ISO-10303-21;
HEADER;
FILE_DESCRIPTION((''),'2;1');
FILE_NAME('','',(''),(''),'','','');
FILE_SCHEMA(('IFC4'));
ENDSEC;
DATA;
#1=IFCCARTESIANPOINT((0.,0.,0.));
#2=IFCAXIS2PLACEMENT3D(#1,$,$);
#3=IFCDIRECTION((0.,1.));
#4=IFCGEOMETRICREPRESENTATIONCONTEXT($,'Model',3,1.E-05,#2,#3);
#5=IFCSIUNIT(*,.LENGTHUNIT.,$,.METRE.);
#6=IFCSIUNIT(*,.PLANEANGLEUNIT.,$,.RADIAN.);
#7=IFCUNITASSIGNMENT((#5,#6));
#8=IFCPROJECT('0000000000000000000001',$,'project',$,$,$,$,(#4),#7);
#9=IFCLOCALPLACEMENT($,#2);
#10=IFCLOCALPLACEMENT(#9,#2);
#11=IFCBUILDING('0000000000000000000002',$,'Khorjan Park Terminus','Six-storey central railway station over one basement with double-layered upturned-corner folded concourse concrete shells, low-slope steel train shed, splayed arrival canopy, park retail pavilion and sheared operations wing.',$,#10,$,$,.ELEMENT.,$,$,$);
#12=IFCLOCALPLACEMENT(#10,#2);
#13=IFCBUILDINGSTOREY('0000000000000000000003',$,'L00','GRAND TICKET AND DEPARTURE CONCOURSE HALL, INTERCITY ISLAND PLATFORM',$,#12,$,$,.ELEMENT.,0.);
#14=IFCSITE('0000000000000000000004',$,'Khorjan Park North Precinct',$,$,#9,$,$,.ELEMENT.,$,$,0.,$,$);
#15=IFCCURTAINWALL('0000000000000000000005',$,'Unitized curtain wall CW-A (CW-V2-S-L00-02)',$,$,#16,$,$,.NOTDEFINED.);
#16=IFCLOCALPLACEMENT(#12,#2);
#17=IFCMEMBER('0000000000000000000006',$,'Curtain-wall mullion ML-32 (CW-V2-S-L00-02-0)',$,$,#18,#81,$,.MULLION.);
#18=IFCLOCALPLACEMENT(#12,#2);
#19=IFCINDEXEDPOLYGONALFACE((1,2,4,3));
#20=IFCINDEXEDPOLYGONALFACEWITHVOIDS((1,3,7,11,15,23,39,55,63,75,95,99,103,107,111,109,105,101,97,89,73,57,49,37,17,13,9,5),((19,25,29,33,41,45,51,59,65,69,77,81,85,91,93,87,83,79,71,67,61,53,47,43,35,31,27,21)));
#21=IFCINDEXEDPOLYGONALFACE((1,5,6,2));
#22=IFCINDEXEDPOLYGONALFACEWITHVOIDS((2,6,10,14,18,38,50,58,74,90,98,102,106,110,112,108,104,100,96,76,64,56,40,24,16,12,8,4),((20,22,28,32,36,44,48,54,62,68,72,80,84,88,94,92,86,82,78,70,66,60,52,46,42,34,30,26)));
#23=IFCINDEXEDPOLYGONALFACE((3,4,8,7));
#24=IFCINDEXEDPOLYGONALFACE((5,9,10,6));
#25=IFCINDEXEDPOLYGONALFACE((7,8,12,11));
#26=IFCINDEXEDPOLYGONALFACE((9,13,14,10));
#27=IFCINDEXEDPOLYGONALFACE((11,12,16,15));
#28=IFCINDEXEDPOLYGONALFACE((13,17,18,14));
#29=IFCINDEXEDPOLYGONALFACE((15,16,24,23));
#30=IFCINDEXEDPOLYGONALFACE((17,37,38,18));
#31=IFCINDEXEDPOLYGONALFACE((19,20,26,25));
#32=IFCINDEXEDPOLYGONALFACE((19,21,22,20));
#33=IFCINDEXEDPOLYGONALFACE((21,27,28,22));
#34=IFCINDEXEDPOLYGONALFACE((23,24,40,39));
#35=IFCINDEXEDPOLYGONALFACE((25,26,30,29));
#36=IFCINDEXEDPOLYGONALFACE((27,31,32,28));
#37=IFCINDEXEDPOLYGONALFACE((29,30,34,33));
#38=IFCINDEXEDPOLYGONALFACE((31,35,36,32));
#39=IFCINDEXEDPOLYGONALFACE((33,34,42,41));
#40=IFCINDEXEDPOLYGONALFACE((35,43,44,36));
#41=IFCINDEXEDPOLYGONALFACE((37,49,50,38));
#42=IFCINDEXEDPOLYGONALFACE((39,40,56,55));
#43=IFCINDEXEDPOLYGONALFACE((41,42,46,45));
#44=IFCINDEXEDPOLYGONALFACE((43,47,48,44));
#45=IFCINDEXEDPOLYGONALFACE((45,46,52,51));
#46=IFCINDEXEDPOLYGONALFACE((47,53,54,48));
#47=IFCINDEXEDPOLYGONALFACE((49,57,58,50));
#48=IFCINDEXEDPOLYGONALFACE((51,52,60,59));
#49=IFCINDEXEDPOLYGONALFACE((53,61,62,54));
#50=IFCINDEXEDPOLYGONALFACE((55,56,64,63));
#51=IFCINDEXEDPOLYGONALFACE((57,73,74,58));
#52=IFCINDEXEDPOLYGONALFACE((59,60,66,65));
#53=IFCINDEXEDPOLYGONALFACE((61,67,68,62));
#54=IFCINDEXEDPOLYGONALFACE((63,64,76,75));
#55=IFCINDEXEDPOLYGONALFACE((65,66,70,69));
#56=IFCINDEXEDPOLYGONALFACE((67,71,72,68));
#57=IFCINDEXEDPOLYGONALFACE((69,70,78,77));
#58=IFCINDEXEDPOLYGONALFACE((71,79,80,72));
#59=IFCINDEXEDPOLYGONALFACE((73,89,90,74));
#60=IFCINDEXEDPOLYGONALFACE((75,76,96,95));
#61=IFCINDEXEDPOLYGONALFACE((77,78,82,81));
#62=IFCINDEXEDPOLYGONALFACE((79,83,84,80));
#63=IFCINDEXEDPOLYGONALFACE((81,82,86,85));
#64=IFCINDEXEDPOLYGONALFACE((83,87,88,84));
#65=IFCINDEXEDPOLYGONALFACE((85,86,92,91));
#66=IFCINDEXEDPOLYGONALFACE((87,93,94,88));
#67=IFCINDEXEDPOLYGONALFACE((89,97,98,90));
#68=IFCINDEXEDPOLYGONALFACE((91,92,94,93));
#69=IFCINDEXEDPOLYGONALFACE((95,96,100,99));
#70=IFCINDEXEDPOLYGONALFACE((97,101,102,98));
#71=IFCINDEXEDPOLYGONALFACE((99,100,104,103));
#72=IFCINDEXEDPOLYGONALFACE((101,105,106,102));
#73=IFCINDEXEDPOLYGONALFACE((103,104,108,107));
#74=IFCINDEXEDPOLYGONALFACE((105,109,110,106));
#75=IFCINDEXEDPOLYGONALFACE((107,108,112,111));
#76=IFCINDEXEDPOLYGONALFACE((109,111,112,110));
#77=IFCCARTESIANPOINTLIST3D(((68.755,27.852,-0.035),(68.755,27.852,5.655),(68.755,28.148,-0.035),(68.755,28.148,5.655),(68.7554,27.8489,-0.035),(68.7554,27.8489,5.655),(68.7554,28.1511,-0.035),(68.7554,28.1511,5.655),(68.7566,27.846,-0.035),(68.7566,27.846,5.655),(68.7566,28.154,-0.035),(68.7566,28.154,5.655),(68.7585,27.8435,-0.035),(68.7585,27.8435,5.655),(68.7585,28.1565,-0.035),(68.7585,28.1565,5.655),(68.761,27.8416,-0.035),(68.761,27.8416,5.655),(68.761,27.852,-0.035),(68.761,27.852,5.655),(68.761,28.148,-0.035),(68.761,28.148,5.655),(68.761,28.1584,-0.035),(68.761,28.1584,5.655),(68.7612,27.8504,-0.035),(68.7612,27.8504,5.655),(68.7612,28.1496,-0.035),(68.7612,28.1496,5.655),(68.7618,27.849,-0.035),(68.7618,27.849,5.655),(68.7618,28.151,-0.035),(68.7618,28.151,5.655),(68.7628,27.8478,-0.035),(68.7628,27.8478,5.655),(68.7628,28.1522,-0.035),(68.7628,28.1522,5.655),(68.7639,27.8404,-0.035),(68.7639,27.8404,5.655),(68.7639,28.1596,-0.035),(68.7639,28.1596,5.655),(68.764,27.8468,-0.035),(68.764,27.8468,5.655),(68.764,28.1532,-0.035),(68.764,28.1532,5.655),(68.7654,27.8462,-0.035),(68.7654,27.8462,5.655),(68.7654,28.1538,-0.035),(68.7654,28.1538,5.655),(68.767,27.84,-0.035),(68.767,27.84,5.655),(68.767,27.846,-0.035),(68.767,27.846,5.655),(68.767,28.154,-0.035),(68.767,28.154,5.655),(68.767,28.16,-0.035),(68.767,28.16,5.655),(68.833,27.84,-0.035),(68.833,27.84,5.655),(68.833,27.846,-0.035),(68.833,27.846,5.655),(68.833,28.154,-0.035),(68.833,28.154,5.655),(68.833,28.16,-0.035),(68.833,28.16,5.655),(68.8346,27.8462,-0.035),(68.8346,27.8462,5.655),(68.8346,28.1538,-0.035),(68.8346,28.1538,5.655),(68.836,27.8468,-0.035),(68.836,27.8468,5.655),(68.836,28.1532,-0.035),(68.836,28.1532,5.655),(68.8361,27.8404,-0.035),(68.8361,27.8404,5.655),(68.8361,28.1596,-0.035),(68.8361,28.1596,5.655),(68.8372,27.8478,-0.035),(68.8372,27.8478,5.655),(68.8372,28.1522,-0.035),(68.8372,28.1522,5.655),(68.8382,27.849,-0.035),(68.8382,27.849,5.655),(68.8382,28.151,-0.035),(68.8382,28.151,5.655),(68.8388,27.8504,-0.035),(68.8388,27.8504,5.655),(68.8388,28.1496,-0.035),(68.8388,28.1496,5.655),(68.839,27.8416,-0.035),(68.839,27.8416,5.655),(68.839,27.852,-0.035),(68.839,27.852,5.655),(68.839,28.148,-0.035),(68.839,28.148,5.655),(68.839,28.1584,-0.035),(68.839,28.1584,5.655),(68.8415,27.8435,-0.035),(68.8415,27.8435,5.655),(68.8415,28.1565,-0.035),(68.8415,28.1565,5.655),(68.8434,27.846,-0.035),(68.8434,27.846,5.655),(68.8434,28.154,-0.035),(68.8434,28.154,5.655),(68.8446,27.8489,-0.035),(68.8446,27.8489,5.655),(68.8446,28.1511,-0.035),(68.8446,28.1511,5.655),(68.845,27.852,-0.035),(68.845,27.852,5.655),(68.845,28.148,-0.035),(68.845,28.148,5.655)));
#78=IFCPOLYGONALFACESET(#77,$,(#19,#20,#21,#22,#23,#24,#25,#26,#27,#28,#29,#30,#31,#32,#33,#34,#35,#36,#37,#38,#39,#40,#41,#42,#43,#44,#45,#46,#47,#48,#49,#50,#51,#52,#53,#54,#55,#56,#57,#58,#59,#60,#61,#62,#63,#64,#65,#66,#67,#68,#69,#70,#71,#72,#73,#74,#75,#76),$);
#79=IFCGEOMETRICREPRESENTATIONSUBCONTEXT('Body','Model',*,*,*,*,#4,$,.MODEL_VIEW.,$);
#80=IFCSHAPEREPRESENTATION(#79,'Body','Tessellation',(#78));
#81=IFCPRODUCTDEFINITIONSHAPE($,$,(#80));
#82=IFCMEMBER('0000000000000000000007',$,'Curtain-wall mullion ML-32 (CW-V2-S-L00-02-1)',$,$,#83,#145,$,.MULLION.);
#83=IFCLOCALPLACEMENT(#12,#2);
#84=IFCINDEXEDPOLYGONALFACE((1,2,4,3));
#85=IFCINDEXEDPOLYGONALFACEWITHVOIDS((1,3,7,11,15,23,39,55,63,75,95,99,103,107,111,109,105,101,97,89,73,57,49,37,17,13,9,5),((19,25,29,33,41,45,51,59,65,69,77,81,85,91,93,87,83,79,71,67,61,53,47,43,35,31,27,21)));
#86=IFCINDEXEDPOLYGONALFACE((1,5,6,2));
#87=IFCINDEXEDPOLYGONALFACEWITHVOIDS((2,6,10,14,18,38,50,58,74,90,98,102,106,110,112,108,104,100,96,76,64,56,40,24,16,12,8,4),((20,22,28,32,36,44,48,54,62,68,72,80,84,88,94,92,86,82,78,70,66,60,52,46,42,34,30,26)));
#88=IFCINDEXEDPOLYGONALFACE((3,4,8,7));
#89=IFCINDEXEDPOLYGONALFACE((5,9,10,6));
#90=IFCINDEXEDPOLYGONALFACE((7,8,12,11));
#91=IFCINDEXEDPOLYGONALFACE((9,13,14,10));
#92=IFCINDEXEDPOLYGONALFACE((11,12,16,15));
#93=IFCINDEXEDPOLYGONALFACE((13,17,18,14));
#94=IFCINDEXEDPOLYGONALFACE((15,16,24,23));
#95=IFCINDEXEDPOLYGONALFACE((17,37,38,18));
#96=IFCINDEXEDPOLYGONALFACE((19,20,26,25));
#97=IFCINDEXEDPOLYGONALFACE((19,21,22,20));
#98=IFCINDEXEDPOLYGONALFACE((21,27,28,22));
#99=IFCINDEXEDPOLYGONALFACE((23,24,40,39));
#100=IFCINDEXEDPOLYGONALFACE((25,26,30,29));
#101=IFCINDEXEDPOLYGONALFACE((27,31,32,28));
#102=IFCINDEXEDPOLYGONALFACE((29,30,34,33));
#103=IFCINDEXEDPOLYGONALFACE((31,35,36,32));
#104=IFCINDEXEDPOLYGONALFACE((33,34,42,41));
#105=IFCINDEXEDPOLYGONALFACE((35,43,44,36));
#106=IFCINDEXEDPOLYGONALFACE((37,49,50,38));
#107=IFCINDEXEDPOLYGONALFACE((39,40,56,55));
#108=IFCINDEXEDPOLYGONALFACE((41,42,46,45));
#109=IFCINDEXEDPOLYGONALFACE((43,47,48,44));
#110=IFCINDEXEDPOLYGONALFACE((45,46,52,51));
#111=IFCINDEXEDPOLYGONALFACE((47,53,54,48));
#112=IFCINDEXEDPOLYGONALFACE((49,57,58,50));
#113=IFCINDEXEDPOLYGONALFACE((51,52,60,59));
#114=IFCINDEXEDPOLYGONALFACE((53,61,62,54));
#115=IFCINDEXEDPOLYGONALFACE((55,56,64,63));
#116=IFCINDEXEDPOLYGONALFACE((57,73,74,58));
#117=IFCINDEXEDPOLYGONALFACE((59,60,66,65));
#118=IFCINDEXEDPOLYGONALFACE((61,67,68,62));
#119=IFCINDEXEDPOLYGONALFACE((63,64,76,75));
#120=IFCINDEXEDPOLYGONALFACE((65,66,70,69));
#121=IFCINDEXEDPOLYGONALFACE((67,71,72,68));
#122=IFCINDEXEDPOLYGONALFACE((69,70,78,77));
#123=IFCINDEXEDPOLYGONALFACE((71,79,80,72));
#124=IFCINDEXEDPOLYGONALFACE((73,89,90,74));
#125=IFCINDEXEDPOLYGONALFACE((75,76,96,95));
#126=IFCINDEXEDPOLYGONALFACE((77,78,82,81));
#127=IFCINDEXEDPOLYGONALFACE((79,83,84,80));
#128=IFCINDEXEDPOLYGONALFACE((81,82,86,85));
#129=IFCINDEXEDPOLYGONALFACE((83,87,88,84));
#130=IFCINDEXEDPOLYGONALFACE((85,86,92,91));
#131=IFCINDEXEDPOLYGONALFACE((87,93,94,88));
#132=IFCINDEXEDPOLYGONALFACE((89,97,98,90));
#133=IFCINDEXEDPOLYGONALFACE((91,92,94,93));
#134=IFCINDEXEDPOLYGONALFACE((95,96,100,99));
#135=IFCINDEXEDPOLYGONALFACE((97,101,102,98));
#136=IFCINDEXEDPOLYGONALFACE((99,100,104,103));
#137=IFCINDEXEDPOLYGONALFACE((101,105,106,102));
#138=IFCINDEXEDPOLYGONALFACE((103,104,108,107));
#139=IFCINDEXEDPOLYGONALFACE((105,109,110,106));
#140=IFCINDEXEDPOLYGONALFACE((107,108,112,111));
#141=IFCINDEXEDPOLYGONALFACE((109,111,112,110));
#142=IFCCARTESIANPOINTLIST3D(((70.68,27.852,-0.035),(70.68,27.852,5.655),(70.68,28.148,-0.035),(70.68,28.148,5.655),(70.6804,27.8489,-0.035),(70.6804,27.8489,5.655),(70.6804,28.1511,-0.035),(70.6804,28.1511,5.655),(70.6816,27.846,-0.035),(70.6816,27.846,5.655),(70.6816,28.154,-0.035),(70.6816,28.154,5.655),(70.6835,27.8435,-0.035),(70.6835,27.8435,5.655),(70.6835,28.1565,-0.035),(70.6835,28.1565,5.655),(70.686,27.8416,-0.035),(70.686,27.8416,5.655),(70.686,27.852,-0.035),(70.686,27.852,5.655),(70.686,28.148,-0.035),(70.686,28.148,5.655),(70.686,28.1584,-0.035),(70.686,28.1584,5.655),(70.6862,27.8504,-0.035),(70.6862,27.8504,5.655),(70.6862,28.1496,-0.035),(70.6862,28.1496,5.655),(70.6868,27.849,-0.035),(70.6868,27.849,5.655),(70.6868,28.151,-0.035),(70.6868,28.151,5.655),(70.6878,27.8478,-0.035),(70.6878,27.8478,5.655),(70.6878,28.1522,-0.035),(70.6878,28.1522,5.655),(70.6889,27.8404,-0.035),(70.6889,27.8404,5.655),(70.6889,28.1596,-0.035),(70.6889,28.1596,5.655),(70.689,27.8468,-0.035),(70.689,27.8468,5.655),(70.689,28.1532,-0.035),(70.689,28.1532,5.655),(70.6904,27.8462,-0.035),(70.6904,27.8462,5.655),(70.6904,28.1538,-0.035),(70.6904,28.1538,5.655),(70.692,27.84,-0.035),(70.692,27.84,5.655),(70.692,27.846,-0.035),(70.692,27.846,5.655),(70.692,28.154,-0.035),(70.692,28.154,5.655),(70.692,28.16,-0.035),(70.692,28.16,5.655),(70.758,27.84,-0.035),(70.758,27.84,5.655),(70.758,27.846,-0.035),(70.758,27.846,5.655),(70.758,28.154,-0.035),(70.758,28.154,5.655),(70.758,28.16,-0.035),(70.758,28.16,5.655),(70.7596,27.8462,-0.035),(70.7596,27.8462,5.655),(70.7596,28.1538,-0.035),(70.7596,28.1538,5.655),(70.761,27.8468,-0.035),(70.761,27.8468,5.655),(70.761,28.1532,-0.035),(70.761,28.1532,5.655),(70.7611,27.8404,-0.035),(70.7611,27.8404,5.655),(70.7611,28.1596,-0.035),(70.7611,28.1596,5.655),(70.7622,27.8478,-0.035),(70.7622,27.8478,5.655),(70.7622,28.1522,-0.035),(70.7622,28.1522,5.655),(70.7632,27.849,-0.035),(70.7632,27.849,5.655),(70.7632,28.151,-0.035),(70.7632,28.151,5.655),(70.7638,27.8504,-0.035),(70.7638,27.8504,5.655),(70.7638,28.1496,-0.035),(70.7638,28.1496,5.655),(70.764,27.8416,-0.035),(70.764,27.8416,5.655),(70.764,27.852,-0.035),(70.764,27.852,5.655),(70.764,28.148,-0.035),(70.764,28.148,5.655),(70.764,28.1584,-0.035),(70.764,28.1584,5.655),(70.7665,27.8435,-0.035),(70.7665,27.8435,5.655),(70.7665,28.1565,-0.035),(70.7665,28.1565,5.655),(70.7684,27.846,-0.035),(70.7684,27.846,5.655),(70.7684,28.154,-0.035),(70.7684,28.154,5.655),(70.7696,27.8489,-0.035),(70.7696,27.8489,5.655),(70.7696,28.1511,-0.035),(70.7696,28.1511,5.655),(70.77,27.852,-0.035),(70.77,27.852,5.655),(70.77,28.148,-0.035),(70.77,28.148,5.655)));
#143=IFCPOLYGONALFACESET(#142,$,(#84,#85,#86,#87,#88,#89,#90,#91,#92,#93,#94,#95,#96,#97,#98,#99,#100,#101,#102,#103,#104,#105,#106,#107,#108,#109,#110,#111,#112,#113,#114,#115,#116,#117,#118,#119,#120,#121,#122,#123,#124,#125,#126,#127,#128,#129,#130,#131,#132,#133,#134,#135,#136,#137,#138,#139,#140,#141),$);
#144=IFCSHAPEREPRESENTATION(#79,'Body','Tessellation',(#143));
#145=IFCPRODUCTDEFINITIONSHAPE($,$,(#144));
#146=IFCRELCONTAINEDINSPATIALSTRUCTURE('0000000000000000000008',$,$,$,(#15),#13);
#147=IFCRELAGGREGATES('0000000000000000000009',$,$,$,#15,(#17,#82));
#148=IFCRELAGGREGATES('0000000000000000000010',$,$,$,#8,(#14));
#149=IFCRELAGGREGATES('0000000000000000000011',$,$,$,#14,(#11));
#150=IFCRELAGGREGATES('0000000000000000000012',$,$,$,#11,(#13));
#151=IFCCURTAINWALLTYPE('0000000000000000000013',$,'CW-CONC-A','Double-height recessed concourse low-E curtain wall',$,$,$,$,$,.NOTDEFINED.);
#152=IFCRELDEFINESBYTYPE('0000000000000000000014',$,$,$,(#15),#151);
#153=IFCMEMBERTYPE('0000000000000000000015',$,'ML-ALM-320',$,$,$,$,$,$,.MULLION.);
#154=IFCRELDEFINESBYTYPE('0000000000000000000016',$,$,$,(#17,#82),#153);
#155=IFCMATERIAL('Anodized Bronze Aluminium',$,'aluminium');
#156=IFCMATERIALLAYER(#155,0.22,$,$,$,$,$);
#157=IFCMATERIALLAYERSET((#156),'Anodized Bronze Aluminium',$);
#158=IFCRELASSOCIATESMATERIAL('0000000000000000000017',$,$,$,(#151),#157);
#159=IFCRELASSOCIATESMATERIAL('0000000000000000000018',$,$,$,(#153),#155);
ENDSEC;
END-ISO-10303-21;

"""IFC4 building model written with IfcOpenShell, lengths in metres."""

from ifc_helpers import new_model, si_unit, direction, frame, origin, origin_2d, place, context, subcontext, project, spatial, hollow_rectangle, extrude, material, layer, layer_set, material_profile, profile_set, type_object, element, aggregate, save


model = new_model("IFC4")

# Units and contexts
model_context = context("Model", 3, precision=1e-05, world=origin(), true_north=direction((0.0, 1.0)))
body_context = subcontext(model_context, "Body", "Model", "MODEL_VIEW")
ifc_project = project(units=[si_unit("LENGTHUNIT", "METRE"), si_unit("PLANEANGLEUNIT", "RADIAN")], contexts=[model_context])

# Site, building, storey
site_placement = place(None, origin())
site = spatial("IfcSite", under=ifc_project, at=site_placement, Name="Khorjan Park North Precinct", CompositionType="ELEMENT", RefElevation=0.0)
building_placement = place(site_placement, origin())
building = spatial("IfcBuilding", under=site, at=building_placement, Name="Khorjan Park Terminus", Description="Six-storey central railway station over one basement with double-layered upturned-corner folded concourse concrete shells, low-slope steel train shed, splayed arrival canopy, park retail pavilion and sheared operations wing.", CompositionType="ELEMENT")
storey_placement = place(building_placement, origin())
storey = spatial("IfcBuildingStorey", under=building, at=storey_placement, Name="L00", Description="GRAND TICKET AND DEPARTURE CONCOURSE HALL, INTERCITY ISLAND PLATFORM", CompositionType="ELEMENT", Elevation=0.0)

# Shared definitions
ifc_material_1 = material(Name="Anodized Bronze Aluminium", Category="aluminium")
ifc_layer_1 = layer(ifc_material_1, 0.22)
ifc_layer_set_1 = layer_set([ifc_layer_1], Name="Anodized Bronze Aluminium")
curtain_wall_type = type_object("IfcCurtainWallType", Name="CW-CONC-A", Description="Double-height recessed concourse low-E curtain wall", PredefinedType="NOTDEFINED", material=ifc_layer_set_1)

# Curtain wall, members
curtain_wall_1_placement = place(storey_placement, origin())
curtain_wall_1 = element("IfcCurtainWall", 1, at=curtain_wall_1_placement, inside=storey, type_object=curtain_wall_type, Name="Unitized curtain wall CW-A (CW-V2-S-L00-02)", PredefinedType="NOTDEFINED")
ifc_material_profile_1 = material_profile(ifc_material_1, hollow_rectangle(XDim=0.09, YDim=0.32, WallThickness=0.006, InnerFilletRadius=0.006, OuterFilletRadius=0.012, at=origin_2d()), Name="ALM 90x320x6")
ifc_profile_set_1 = profile_set([ifc_material_profile_1], Name="Anodized Bronze Aluminium")
member_type_1 = type_object("IfcMemberType", Name="ML-ALM-320", PredefinedType="MULLION", material=ifc_profile_set_1)
member_1_placement = place(storey_placement, frame((68.8, 28.0, -0.035), z_axis=(0.0, 0.0, 1.0), x_axis=(1.0, 0.0, 0.0)))
member_1 = element("IfcMember", 2, at=member_1_placement, type_object=member_type_1, Name="Curtain-wall mullion ML-32 (CW-V2-S-L00-02-0)", PredefinedType="MULLION", context=body_context, shape_type="SweptSolid", body=[
    extrude(hollow_rectangle(XDim=0.09, YDim=0.32, WallThickness=0.006, InnerFilletRadius=0.006, OuterFilletRadius=0.012, at=origin_2d()), origin(), (0.0, 0.0, 1.0), 5.69),
])
member_2_placement = place(storey_placement, frame((70.725, 28.0, -0.035), z_axis=(0.0, 0.0, 1.0), x_axis=(1.0, 0.0, 0.0)))
member_2 = element("IfcMember", 3, at=member_2_placement, type_object=member_type_1, Name="Curtain-wall mullion ML-32 (CW-V2-S-L00-02-1)", PredefinedType="MULLION", context=body_context, shape_type="SweptSolid", body=[
    extrude(hollow_rectangle(XDim=0.09, YDim=0.32, WallThickness=0.006, InnerFilletRadius=0.006, OuterFilletRadius=0.012, at=origin_2d()), origin(), (0.0, 0.0, 1.0), 5.69),
])
aggregate(curtain_wall_1, [member_1, member_2])

save(model, "model.ifc")
